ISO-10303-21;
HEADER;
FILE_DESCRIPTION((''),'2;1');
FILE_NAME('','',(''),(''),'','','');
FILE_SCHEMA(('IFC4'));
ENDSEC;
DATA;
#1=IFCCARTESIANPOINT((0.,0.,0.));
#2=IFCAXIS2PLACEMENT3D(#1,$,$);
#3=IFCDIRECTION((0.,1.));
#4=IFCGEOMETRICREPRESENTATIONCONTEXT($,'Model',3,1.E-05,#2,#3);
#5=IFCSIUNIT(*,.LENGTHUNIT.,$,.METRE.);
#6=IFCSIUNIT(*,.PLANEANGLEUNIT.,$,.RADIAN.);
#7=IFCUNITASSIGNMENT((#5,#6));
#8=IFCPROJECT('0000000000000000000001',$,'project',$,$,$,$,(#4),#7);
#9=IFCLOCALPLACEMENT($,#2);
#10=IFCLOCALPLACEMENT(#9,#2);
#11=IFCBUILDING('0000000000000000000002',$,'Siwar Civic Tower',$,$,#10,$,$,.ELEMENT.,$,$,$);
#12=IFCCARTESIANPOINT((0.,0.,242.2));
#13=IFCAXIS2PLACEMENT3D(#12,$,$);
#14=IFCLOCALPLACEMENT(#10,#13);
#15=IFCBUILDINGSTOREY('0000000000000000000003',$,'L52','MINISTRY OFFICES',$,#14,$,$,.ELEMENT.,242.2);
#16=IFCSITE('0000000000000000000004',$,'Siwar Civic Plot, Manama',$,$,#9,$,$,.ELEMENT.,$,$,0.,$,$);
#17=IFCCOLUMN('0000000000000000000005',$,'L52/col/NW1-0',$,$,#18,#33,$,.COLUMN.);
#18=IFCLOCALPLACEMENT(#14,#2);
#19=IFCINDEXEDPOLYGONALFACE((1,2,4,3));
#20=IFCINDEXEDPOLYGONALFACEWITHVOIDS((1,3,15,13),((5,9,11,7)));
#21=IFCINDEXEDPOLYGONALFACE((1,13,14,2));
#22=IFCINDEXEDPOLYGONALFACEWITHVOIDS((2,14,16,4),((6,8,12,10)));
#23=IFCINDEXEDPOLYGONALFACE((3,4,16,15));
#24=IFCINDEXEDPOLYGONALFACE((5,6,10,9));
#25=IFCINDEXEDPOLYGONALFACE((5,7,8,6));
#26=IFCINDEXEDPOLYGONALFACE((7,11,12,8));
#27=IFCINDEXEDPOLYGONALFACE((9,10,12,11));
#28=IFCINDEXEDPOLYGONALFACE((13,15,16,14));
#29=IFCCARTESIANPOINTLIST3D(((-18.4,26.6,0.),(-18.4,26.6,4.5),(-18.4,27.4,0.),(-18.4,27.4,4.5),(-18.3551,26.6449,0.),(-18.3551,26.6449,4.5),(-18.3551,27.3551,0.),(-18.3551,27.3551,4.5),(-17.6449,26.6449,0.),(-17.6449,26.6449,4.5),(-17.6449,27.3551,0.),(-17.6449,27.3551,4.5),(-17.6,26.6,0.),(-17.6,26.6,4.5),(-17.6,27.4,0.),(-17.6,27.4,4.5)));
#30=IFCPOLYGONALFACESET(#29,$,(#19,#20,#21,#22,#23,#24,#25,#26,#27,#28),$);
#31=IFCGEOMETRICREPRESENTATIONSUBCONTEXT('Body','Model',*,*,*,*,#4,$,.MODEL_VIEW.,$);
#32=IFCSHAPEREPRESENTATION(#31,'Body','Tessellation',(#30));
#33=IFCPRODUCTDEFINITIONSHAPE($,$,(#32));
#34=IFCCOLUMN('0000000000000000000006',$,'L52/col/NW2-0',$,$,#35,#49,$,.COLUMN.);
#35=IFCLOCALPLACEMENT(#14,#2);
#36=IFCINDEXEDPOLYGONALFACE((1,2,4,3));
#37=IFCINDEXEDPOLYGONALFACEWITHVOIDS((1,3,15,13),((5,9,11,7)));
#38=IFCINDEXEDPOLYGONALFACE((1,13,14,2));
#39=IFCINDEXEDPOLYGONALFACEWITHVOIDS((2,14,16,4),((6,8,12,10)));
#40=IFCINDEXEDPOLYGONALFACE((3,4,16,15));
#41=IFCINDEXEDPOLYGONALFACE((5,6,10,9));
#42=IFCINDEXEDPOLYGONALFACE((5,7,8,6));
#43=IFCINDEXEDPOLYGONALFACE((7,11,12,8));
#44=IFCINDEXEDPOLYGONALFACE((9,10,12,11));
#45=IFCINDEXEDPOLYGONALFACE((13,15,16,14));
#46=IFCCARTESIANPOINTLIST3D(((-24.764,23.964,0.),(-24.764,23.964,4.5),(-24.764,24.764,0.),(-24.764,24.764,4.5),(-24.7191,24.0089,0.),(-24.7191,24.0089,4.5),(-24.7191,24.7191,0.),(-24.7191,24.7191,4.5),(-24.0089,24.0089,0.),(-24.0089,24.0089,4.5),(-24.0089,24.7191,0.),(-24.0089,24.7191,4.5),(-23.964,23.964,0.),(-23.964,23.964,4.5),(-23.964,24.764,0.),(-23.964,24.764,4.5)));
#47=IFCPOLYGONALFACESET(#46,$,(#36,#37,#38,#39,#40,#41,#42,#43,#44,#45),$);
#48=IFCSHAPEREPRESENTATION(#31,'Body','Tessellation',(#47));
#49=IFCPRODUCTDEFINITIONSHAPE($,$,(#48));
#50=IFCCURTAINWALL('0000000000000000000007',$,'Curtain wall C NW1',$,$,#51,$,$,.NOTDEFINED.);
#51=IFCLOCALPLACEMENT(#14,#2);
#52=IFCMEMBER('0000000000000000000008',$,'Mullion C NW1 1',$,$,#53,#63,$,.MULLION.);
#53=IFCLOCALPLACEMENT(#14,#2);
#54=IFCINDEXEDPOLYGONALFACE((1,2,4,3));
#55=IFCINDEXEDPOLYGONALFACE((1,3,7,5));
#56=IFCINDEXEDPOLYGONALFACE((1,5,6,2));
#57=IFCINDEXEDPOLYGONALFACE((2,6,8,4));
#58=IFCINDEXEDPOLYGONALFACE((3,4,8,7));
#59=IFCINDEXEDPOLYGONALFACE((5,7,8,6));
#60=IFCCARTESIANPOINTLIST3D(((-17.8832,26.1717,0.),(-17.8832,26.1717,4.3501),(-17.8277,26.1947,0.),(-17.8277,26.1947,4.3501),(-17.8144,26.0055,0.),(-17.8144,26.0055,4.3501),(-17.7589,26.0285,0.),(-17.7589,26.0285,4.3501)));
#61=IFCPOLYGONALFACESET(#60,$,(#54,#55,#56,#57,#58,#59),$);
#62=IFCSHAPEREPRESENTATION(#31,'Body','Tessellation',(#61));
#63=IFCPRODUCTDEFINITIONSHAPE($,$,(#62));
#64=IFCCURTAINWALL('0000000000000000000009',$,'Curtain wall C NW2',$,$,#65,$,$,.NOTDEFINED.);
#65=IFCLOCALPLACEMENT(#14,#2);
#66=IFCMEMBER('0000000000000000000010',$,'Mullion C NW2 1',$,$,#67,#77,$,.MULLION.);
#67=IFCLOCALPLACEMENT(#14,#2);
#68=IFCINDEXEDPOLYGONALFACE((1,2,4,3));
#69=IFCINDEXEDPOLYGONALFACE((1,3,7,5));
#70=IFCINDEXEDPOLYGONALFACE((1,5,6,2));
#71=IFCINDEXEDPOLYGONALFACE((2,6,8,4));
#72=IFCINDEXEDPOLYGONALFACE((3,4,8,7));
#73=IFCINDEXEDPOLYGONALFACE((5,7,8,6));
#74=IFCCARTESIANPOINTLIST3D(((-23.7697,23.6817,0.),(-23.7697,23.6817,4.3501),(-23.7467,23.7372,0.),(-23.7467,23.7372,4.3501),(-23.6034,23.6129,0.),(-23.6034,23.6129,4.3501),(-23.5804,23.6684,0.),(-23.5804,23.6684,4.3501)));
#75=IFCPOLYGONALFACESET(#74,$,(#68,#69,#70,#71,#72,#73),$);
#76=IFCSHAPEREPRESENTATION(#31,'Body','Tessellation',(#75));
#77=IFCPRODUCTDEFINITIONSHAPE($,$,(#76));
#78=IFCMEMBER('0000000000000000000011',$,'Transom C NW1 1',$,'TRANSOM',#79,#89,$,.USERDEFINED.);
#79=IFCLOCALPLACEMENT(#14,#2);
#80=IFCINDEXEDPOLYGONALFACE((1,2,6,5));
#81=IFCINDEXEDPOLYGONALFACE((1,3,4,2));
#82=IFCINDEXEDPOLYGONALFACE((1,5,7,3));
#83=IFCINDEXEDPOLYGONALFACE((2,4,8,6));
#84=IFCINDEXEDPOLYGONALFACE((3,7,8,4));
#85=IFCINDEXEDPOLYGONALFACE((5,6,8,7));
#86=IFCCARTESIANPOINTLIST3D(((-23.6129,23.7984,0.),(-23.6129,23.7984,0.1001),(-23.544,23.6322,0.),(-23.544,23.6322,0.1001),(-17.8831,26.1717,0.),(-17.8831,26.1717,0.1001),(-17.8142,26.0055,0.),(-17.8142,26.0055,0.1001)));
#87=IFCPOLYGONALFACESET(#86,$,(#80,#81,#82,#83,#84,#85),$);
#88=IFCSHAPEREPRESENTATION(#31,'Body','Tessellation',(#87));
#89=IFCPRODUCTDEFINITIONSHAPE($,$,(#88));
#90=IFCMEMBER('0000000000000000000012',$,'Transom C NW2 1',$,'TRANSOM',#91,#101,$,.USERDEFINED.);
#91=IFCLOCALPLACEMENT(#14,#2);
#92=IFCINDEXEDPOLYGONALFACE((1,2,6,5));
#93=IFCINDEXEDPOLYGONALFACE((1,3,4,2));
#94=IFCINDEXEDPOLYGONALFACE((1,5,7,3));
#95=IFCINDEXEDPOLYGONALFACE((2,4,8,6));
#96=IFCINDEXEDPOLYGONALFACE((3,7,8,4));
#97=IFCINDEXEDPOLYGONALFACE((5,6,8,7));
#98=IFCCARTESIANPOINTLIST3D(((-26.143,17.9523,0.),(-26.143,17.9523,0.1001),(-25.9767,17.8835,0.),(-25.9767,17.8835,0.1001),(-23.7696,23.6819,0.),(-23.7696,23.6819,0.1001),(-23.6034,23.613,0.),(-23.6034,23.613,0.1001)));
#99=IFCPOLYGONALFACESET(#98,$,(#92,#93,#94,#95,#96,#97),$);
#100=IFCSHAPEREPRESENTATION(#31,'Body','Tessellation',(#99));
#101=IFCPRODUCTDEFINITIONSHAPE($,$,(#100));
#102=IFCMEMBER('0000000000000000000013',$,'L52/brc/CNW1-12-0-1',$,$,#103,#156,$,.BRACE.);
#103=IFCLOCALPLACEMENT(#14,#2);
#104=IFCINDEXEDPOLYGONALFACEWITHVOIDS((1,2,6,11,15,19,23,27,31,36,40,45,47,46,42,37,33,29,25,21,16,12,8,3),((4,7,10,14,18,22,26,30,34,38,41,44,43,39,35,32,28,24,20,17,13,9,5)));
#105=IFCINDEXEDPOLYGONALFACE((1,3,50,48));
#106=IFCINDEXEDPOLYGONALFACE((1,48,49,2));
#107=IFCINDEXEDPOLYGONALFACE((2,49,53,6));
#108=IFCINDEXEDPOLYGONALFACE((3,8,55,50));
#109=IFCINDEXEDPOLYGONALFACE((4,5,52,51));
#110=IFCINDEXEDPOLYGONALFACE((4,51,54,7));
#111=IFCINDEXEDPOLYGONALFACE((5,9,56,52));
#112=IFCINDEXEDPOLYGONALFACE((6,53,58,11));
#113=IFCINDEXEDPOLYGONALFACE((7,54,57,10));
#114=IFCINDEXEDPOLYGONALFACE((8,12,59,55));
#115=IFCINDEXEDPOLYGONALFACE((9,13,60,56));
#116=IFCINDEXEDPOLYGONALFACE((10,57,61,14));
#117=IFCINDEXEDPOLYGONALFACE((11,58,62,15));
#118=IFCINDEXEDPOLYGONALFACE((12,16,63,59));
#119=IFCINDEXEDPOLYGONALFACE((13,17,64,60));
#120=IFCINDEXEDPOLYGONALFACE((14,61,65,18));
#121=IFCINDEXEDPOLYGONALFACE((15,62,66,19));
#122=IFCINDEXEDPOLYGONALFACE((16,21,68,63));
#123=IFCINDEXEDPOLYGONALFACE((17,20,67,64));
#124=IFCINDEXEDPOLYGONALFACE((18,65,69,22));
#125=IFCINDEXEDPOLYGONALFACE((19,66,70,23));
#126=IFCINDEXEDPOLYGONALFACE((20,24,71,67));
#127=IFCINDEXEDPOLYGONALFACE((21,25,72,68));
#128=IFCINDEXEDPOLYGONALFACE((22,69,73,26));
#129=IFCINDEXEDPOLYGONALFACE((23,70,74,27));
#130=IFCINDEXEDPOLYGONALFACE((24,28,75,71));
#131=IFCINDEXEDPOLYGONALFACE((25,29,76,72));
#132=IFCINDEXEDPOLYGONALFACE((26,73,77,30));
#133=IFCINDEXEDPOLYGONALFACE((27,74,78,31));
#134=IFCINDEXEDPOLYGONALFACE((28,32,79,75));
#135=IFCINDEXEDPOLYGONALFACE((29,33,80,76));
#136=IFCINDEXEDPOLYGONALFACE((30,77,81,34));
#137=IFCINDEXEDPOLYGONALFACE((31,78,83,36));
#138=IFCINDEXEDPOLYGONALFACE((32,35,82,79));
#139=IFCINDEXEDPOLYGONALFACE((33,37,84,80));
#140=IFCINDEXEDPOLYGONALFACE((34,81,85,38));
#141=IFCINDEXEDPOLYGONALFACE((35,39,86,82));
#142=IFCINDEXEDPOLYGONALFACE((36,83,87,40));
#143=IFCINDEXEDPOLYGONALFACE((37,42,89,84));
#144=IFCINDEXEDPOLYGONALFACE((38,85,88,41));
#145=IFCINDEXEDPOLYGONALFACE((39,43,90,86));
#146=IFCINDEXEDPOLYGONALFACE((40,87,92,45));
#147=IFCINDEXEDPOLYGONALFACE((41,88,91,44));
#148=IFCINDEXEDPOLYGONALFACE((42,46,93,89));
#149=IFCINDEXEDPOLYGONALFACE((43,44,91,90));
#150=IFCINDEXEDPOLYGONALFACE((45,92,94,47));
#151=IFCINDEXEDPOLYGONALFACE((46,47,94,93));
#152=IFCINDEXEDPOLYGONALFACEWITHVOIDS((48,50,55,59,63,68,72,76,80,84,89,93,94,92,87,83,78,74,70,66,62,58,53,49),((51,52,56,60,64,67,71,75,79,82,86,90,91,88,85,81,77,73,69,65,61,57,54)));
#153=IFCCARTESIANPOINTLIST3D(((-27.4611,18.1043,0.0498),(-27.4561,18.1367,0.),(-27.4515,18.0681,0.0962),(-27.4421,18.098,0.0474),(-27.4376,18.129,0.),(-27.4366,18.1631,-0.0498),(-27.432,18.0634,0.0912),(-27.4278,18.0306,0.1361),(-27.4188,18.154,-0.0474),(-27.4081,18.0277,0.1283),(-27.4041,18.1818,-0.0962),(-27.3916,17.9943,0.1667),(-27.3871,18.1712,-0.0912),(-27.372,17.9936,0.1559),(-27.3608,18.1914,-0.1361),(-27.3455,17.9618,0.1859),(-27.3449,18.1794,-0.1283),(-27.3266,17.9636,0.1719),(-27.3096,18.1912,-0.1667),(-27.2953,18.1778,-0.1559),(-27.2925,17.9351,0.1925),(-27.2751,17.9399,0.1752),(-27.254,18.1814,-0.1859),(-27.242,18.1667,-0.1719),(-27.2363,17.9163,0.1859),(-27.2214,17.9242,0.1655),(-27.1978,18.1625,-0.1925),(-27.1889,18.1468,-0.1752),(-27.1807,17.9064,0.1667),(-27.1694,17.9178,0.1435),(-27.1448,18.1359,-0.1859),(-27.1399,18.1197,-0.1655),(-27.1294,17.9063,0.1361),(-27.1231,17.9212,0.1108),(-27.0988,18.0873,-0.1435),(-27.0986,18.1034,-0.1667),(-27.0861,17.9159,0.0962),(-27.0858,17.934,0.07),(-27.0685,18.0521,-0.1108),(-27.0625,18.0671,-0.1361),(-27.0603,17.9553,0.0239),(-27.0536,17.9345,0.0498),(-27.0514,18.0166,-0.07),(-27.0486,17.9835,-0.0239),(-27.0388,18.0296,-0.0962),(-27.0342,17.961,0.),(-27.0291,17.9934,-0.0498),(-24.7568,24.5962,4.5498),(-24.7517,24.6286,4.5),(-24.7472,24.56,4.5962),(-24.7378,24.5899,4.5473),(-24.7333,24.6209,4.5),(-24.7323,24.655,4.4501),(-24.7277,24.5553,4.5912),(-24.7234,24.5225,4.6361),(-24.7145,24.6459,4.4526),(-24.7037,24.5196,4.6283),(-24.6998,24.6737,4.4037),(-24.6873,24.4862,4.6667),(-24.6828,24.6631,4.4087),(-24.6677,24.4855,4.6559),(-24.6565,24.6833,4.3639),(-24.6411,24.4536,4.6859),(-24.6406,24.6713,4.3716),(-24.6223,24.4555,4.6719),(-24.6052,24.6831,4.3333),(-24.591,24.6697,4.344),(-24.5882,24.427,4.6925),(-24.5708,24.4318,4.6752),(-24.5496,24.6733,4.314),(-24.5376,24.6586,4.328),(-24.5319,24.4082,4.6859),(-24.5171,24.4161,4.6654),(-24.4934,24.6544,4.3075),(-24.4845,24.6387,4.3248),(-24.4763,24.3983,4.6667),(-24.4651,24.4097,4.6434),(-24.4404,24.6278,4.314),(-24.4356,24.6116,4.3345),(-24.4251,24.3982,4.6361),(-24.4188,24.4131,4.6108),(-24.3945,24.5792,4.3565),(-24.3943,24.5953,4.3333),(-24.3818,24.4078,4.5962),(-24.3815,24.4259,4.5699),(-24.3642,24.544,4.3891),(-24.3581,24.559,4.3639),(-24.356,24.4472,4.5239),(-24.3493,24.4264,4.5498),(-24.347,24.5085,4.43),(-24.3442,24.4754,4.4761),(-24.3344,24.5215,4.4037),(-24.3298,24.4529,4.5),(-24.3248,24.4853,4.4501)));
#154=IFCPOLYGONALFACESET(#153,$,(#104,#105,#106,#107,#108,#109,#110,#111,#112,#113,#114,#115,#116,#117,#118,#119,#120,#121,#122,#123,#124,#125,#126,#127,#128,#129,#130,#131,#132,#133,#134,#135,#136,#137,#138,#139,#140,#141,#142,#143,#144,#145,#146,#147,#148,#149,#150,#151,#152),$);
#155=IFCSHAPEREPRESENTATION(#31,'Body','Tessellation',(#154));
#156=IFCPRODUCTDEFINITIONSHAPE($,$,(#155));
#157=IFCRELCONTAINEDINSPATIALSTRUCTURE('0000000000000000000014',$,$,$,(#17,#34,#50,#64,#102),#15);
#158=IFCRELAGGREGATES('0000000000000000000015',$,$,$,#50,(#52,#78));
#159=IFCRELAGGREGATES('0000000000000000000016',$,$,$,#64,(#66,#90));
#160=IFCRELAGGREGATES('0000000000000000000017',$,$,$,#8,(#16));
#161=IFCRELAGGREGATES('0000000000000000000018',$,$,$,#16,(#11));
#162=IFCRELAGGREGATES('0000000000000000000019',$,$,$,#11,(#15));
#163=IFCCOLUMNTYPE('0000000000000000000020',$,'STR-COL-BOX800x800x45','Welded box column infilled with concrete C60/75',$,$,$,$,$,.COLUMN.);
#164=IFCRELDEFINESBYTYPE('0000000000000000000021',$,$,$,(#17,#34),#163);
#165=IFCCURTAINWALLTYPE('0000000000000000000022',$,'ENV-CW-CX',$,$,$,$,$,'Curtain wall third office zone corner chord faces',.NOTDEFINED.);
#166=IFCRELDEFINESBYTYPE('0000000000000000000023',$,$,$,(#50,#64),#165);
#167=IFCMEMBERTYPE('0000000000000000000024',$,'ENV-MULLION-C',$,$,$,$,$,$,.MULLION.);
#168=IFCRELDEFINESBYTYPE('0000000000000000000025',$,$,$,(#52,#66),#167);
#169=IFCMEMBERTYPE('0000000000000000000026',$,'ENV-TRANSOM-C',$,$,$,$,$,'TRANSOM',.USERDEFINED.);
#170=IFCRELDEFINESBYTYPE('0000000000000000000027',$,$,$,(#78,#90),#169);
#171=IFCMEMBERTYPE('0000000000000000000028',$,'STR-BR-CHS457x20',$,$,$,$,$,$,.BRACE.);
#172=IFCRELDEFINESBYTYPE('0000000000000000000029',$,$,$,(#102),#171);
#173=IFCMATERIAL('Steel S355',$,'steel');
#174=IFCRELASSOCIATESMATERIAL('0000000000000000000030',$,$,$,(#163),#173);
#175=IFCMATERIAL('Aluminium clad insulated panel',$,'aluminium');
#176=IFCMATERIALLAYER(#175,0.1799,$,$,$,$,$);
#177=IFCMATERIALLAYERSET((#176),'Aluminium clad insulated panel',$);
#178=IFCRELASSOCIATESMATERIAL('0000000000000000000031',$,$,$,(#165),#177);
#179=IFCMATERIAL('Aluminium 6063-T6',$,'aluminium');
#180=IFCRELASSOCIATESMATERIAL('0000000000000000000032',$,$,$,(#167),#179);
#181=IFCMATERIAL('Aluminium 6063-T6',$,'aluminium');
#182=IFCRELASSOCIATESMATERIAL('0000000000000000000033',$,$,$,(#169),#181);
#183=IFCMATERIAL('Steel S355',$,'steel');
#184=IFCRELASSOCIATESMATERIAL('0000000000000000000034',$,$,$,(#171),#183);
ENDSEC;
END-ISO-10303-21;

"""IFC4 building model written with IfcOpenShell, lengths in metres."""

from ifc_helpers import new_model, si_unit, direction, frame, origin, origin_2d, place, context, subcontext, project, spatial, rectangle, hollow_rectangle, hollow_circle, extrude, material, layer, layer_set, material_profile, profile_set, type_object, element, aggregate, save


model = new_model("IFC4")

# Units and contexts
model_context = context("Model", 3, precision=1e-05, world=origin(), true_north=direction((0.0, 1.0)))
body_context = subcontext(model_context, "Body", "Model", "MODEL_VIEW")
ifc_project = project(units=[si_unit("LENGTHUNIT", "METRE"), si_unit("PLANEANGLEUNIT", "RADIAN")], contexts=[model_context])

# Site, building, storey
site_placement = place(None, origin())
site = spatial("IfcSite", under=ifc_project, at=site_placement, Name="Siwar Civic Plot, Manama", CompositionType="ELEMENT", RefElevation=0.0)
building_placement = place(site_placement, origin())
building = spatial("IfcBuilding", under=site, at=building_placement, Name="Siwar Civic Tower", CompositionType="ELEMENT")
storey_placement = place(building_placement, frame((0.0, 0.0, 242.2)))
storey = spatial("IfcBuildingStorey", under=building, at=storey_placement, Name="L52", Description="MINISTRY OFFICES", CompositionType="ELEMENT", Elevation=242.2)

# Columns
ifc_material_1 = material(Name="Steel S355", Category="steel")
ifc_material_profile_1 = material_profile(ifc_material_1, hollow_rectangle(XDim=0.8, YDim=0.8, WallThickness=0.0449, at=origin_2d()), Name="BOX800x800x45")
ifc_profile_set_1 = profile_set([ifc_material_profile_1], Name="Steel S355")
column_type = type_object("IfcColumnType", Name="STR-COL-BOX800x800x45", Description="Welded box column infilled with concrete C60/75", PredefinedType="COLUMN", material=ifc_profile_set_1)
for number, where, z_axis, x_axis, name in (
    (1, (-18.0, 27.0, 0.0), (0.0, 0.0, 1.0), (1.0, 0.0, 0.0), "L52/col/NW1-0"),
    (2, (-24.364, 24.364, 0.0), (0.0, 0.0, 1.0), (1.0, 0.0, 0.0), "L52/col/NW2-0"),
):
    element("IfcColumn", number, at=place(storey_placement, frame(where, z_axis=z_axis, x_axis=x_axis)), inside=storey, type_object=column_type, Name=name, PredefinedType="COLUMN", context=body_context, shape_type="SweptSolid", body=[
        extrude(hollow_rectangle(XDim=0.8, YDim=0.8, WallThickness=0.0449, at=origin_2d()), origin(), (0.0, 0.0, 1.0), 4.5),
    ])

# Curtain walls, members
ifc_material_2 = material(Name="Aluminium clad insulated panel", Category="aluminium")
ifc_layer_1 = layer(ifc_material_2, 0.1799)
ifc_layer_set_1 = layer_set([ifc_layer_1], Name="Aluminium clad insulated panel")
curtain_wall_type = type_object("IfcCurtainWallType", Name="ENV-CW-CX", ElementType="Curtain wall third office zone corner chord faces", PredefinedType="NOTDEFINED", material=ifc_layer_set_1)
curtain_wall_1_placement = place(storey_placement, origin())
curtain_wall_1 = element("IfcCurtainWall", 3, at=curtain_wall_1_placement, inside=storey, type_object=curtain_wall_type, Name="Curtain wall C NW1", PredefinedType="NOTDEFINED")
ifc_material_3 = material(Name="Aluminium 6063-T6", Category="aluminium")
ifc_material_profile_2 = material_profile(ifc_material_3, rectangle(XDim=0.1799, YDim=0.0601, at=origin_2d()), Name="AL 180x60")
ifc_profile_set_2 = profile_set([ifc_material_profile_2], Name="Aluminium 6063-T6")
member_type_1 = type_object("IfcMemberType", Name="ENV-MULLION-C", PredefinedType="MULLION", material=ifc_profile_set_2)
member_1_placement = place(storey_placement, frame((-17.821, 26.1001, 0.0), z_axis=(0.0, 0.0, 1.0), x_axis=(0.382683, -0.92388, 0.0)))
member_1 = element("IfcMember", 4, at=member_1_placement, type_object=member_type_1, Name="Mullion C NW1 1", PredefinedType="MULLION", context=body_context, shape_type="SweptSolid", body=[
    extrude(rectangle(XDim=0.1799, YDim=0.0601, at=origin_2d()), origin(), (0.0, 0.0, 1.0), 4.3501),
])
curtain_wall_2_placement = place(storey_placement, origin())
curtain_wall_2 = element("IfcCurtainWall", 5, at=curtain_wall_2_placement, inside=storey, type_object=curtain_wall_type, Name="Curtain wall C NW2", PredefinedType="NOTDEFINED")
member_2_placement = place(storey_placement, frame((-23.675, 23.675, 0.0), z_axis=(0.0, 0.0, 1.0), x_axis=(0.92388, -0.382683, 0.0)))
member_2 = element("IfcMember", 6, at=member_2_placement, type_object=member_type_1, Name="Mullion C NW2 1", PredefinedType="MULLION", context=body_context, shape_type="SweptSolid", body=[
    extrude(rectangle(XDim=0.1799, YDim=0.0601, at=origin_2d()), origin(), (0.0, 0.0, 1.0), 4.3501),
])

# Members
ifc_material_4 = material(Name="Aluminium 6063-T6", Category="aluminium")
ifc_material_profile_3 = material_profile(ifc_material_4, rectangle(XDim=0.1799, YDim=0.1001, at=origin_2d()), Name="AL 180x100")
ifc_profile_set_3 = profile_set([ifc_material_profile_3], Name="Aluminium 6063-T6")
member_type_2 = type_object("IfcMemberType", Name="ENV-TRANSOM-C", ElementType="TRANSOM", PredefinedType="USERDEFINED", material=ifc_profile_set_3)
member_3_placement = place(storey_placement, frame((-17.8486, 26.0886, 0.05), z_axis=(-0.923882, -0.382677, 0.0), x_axis=(0.382677, -0.923882, 0.0)))
member_3 = element("IfcMember", 7, at=member_3_placement, type_object=member_type_2, Name="Transom C NW1 1", ObjectType="TRANSOM", PredefinedType="USERDEFINED", context=body_context, shape_type="SweptSolid", body=[
    extrude(rectangle(XDim=0.1799, YDim=0.1001, at=origin_2d()), origin(), (0.0, 0.0, 1.0), 6.2019),
])
member_4_placement = place(storey_placement, frame((-23.6865, 23.6475, 0.05), z_axis=(-0.382691, -0.923876, 0.0), x_axis=(0.923876, -0.382691, 0.0)))
member_4 = element("IfcMember", 8, at=member_4_placement, type_object=member_type_2, Name="Transom C NW2 1", ObjectType="TRANSOM", PredefinedType="USERDEFINED", context=body_context, shape_type="SweptSolid", body=[
    extrude(rectangle(XDim=0.1799, YDim=0.1001, at=origin_2d()), origin(), (0.0, 0.0, 1.0), 6.2017),
])

# Member
ifc_material_5 = material(Name="Steel S355", Category="steel")
ifc_material_profile_4 = material_profile(ifc_material_5, hollow_circle(Radius=0.2285, WallThickness=0.02, at=origin_2d()), Name="CHS457x20")
ifc_profile_set_4 = profile_set([ifc_material_profile_4], Name="Steel S355")
member_type_3 = type_object("IfcMemberType", Name="STR-BR-CHS457x20", PredefinedType="BRACE", material=ifc_profile_set_4)
member_5_placement = place(storey_placement, frame((-27.2451, 18.0488, 0.0), z_axis=(0.323906, 0.777555, 0.538975), x_axis=(-0.923109, 0.384539, 0.0)))
element("IfcMember", 9, at=member_5_placement, inside=storey, type_object=member_type_3, Name="L52/brc/CNW1-12-0-1", PredefinedType="BRACE", context=body_context, shape_type="SweptSolid", body=[
    extrude(hollow_circle(Radius=0.2285, WallThickness=0.02, at=origin_2d()), origin(), (0.0, 0.0, 1.0), 8.3491),
])

aggregate(curtain_wall_1, [member_1, member_3])
aggregate(curtain_wall_2, [member_2, member_4])

save(model, "model.ifc")
